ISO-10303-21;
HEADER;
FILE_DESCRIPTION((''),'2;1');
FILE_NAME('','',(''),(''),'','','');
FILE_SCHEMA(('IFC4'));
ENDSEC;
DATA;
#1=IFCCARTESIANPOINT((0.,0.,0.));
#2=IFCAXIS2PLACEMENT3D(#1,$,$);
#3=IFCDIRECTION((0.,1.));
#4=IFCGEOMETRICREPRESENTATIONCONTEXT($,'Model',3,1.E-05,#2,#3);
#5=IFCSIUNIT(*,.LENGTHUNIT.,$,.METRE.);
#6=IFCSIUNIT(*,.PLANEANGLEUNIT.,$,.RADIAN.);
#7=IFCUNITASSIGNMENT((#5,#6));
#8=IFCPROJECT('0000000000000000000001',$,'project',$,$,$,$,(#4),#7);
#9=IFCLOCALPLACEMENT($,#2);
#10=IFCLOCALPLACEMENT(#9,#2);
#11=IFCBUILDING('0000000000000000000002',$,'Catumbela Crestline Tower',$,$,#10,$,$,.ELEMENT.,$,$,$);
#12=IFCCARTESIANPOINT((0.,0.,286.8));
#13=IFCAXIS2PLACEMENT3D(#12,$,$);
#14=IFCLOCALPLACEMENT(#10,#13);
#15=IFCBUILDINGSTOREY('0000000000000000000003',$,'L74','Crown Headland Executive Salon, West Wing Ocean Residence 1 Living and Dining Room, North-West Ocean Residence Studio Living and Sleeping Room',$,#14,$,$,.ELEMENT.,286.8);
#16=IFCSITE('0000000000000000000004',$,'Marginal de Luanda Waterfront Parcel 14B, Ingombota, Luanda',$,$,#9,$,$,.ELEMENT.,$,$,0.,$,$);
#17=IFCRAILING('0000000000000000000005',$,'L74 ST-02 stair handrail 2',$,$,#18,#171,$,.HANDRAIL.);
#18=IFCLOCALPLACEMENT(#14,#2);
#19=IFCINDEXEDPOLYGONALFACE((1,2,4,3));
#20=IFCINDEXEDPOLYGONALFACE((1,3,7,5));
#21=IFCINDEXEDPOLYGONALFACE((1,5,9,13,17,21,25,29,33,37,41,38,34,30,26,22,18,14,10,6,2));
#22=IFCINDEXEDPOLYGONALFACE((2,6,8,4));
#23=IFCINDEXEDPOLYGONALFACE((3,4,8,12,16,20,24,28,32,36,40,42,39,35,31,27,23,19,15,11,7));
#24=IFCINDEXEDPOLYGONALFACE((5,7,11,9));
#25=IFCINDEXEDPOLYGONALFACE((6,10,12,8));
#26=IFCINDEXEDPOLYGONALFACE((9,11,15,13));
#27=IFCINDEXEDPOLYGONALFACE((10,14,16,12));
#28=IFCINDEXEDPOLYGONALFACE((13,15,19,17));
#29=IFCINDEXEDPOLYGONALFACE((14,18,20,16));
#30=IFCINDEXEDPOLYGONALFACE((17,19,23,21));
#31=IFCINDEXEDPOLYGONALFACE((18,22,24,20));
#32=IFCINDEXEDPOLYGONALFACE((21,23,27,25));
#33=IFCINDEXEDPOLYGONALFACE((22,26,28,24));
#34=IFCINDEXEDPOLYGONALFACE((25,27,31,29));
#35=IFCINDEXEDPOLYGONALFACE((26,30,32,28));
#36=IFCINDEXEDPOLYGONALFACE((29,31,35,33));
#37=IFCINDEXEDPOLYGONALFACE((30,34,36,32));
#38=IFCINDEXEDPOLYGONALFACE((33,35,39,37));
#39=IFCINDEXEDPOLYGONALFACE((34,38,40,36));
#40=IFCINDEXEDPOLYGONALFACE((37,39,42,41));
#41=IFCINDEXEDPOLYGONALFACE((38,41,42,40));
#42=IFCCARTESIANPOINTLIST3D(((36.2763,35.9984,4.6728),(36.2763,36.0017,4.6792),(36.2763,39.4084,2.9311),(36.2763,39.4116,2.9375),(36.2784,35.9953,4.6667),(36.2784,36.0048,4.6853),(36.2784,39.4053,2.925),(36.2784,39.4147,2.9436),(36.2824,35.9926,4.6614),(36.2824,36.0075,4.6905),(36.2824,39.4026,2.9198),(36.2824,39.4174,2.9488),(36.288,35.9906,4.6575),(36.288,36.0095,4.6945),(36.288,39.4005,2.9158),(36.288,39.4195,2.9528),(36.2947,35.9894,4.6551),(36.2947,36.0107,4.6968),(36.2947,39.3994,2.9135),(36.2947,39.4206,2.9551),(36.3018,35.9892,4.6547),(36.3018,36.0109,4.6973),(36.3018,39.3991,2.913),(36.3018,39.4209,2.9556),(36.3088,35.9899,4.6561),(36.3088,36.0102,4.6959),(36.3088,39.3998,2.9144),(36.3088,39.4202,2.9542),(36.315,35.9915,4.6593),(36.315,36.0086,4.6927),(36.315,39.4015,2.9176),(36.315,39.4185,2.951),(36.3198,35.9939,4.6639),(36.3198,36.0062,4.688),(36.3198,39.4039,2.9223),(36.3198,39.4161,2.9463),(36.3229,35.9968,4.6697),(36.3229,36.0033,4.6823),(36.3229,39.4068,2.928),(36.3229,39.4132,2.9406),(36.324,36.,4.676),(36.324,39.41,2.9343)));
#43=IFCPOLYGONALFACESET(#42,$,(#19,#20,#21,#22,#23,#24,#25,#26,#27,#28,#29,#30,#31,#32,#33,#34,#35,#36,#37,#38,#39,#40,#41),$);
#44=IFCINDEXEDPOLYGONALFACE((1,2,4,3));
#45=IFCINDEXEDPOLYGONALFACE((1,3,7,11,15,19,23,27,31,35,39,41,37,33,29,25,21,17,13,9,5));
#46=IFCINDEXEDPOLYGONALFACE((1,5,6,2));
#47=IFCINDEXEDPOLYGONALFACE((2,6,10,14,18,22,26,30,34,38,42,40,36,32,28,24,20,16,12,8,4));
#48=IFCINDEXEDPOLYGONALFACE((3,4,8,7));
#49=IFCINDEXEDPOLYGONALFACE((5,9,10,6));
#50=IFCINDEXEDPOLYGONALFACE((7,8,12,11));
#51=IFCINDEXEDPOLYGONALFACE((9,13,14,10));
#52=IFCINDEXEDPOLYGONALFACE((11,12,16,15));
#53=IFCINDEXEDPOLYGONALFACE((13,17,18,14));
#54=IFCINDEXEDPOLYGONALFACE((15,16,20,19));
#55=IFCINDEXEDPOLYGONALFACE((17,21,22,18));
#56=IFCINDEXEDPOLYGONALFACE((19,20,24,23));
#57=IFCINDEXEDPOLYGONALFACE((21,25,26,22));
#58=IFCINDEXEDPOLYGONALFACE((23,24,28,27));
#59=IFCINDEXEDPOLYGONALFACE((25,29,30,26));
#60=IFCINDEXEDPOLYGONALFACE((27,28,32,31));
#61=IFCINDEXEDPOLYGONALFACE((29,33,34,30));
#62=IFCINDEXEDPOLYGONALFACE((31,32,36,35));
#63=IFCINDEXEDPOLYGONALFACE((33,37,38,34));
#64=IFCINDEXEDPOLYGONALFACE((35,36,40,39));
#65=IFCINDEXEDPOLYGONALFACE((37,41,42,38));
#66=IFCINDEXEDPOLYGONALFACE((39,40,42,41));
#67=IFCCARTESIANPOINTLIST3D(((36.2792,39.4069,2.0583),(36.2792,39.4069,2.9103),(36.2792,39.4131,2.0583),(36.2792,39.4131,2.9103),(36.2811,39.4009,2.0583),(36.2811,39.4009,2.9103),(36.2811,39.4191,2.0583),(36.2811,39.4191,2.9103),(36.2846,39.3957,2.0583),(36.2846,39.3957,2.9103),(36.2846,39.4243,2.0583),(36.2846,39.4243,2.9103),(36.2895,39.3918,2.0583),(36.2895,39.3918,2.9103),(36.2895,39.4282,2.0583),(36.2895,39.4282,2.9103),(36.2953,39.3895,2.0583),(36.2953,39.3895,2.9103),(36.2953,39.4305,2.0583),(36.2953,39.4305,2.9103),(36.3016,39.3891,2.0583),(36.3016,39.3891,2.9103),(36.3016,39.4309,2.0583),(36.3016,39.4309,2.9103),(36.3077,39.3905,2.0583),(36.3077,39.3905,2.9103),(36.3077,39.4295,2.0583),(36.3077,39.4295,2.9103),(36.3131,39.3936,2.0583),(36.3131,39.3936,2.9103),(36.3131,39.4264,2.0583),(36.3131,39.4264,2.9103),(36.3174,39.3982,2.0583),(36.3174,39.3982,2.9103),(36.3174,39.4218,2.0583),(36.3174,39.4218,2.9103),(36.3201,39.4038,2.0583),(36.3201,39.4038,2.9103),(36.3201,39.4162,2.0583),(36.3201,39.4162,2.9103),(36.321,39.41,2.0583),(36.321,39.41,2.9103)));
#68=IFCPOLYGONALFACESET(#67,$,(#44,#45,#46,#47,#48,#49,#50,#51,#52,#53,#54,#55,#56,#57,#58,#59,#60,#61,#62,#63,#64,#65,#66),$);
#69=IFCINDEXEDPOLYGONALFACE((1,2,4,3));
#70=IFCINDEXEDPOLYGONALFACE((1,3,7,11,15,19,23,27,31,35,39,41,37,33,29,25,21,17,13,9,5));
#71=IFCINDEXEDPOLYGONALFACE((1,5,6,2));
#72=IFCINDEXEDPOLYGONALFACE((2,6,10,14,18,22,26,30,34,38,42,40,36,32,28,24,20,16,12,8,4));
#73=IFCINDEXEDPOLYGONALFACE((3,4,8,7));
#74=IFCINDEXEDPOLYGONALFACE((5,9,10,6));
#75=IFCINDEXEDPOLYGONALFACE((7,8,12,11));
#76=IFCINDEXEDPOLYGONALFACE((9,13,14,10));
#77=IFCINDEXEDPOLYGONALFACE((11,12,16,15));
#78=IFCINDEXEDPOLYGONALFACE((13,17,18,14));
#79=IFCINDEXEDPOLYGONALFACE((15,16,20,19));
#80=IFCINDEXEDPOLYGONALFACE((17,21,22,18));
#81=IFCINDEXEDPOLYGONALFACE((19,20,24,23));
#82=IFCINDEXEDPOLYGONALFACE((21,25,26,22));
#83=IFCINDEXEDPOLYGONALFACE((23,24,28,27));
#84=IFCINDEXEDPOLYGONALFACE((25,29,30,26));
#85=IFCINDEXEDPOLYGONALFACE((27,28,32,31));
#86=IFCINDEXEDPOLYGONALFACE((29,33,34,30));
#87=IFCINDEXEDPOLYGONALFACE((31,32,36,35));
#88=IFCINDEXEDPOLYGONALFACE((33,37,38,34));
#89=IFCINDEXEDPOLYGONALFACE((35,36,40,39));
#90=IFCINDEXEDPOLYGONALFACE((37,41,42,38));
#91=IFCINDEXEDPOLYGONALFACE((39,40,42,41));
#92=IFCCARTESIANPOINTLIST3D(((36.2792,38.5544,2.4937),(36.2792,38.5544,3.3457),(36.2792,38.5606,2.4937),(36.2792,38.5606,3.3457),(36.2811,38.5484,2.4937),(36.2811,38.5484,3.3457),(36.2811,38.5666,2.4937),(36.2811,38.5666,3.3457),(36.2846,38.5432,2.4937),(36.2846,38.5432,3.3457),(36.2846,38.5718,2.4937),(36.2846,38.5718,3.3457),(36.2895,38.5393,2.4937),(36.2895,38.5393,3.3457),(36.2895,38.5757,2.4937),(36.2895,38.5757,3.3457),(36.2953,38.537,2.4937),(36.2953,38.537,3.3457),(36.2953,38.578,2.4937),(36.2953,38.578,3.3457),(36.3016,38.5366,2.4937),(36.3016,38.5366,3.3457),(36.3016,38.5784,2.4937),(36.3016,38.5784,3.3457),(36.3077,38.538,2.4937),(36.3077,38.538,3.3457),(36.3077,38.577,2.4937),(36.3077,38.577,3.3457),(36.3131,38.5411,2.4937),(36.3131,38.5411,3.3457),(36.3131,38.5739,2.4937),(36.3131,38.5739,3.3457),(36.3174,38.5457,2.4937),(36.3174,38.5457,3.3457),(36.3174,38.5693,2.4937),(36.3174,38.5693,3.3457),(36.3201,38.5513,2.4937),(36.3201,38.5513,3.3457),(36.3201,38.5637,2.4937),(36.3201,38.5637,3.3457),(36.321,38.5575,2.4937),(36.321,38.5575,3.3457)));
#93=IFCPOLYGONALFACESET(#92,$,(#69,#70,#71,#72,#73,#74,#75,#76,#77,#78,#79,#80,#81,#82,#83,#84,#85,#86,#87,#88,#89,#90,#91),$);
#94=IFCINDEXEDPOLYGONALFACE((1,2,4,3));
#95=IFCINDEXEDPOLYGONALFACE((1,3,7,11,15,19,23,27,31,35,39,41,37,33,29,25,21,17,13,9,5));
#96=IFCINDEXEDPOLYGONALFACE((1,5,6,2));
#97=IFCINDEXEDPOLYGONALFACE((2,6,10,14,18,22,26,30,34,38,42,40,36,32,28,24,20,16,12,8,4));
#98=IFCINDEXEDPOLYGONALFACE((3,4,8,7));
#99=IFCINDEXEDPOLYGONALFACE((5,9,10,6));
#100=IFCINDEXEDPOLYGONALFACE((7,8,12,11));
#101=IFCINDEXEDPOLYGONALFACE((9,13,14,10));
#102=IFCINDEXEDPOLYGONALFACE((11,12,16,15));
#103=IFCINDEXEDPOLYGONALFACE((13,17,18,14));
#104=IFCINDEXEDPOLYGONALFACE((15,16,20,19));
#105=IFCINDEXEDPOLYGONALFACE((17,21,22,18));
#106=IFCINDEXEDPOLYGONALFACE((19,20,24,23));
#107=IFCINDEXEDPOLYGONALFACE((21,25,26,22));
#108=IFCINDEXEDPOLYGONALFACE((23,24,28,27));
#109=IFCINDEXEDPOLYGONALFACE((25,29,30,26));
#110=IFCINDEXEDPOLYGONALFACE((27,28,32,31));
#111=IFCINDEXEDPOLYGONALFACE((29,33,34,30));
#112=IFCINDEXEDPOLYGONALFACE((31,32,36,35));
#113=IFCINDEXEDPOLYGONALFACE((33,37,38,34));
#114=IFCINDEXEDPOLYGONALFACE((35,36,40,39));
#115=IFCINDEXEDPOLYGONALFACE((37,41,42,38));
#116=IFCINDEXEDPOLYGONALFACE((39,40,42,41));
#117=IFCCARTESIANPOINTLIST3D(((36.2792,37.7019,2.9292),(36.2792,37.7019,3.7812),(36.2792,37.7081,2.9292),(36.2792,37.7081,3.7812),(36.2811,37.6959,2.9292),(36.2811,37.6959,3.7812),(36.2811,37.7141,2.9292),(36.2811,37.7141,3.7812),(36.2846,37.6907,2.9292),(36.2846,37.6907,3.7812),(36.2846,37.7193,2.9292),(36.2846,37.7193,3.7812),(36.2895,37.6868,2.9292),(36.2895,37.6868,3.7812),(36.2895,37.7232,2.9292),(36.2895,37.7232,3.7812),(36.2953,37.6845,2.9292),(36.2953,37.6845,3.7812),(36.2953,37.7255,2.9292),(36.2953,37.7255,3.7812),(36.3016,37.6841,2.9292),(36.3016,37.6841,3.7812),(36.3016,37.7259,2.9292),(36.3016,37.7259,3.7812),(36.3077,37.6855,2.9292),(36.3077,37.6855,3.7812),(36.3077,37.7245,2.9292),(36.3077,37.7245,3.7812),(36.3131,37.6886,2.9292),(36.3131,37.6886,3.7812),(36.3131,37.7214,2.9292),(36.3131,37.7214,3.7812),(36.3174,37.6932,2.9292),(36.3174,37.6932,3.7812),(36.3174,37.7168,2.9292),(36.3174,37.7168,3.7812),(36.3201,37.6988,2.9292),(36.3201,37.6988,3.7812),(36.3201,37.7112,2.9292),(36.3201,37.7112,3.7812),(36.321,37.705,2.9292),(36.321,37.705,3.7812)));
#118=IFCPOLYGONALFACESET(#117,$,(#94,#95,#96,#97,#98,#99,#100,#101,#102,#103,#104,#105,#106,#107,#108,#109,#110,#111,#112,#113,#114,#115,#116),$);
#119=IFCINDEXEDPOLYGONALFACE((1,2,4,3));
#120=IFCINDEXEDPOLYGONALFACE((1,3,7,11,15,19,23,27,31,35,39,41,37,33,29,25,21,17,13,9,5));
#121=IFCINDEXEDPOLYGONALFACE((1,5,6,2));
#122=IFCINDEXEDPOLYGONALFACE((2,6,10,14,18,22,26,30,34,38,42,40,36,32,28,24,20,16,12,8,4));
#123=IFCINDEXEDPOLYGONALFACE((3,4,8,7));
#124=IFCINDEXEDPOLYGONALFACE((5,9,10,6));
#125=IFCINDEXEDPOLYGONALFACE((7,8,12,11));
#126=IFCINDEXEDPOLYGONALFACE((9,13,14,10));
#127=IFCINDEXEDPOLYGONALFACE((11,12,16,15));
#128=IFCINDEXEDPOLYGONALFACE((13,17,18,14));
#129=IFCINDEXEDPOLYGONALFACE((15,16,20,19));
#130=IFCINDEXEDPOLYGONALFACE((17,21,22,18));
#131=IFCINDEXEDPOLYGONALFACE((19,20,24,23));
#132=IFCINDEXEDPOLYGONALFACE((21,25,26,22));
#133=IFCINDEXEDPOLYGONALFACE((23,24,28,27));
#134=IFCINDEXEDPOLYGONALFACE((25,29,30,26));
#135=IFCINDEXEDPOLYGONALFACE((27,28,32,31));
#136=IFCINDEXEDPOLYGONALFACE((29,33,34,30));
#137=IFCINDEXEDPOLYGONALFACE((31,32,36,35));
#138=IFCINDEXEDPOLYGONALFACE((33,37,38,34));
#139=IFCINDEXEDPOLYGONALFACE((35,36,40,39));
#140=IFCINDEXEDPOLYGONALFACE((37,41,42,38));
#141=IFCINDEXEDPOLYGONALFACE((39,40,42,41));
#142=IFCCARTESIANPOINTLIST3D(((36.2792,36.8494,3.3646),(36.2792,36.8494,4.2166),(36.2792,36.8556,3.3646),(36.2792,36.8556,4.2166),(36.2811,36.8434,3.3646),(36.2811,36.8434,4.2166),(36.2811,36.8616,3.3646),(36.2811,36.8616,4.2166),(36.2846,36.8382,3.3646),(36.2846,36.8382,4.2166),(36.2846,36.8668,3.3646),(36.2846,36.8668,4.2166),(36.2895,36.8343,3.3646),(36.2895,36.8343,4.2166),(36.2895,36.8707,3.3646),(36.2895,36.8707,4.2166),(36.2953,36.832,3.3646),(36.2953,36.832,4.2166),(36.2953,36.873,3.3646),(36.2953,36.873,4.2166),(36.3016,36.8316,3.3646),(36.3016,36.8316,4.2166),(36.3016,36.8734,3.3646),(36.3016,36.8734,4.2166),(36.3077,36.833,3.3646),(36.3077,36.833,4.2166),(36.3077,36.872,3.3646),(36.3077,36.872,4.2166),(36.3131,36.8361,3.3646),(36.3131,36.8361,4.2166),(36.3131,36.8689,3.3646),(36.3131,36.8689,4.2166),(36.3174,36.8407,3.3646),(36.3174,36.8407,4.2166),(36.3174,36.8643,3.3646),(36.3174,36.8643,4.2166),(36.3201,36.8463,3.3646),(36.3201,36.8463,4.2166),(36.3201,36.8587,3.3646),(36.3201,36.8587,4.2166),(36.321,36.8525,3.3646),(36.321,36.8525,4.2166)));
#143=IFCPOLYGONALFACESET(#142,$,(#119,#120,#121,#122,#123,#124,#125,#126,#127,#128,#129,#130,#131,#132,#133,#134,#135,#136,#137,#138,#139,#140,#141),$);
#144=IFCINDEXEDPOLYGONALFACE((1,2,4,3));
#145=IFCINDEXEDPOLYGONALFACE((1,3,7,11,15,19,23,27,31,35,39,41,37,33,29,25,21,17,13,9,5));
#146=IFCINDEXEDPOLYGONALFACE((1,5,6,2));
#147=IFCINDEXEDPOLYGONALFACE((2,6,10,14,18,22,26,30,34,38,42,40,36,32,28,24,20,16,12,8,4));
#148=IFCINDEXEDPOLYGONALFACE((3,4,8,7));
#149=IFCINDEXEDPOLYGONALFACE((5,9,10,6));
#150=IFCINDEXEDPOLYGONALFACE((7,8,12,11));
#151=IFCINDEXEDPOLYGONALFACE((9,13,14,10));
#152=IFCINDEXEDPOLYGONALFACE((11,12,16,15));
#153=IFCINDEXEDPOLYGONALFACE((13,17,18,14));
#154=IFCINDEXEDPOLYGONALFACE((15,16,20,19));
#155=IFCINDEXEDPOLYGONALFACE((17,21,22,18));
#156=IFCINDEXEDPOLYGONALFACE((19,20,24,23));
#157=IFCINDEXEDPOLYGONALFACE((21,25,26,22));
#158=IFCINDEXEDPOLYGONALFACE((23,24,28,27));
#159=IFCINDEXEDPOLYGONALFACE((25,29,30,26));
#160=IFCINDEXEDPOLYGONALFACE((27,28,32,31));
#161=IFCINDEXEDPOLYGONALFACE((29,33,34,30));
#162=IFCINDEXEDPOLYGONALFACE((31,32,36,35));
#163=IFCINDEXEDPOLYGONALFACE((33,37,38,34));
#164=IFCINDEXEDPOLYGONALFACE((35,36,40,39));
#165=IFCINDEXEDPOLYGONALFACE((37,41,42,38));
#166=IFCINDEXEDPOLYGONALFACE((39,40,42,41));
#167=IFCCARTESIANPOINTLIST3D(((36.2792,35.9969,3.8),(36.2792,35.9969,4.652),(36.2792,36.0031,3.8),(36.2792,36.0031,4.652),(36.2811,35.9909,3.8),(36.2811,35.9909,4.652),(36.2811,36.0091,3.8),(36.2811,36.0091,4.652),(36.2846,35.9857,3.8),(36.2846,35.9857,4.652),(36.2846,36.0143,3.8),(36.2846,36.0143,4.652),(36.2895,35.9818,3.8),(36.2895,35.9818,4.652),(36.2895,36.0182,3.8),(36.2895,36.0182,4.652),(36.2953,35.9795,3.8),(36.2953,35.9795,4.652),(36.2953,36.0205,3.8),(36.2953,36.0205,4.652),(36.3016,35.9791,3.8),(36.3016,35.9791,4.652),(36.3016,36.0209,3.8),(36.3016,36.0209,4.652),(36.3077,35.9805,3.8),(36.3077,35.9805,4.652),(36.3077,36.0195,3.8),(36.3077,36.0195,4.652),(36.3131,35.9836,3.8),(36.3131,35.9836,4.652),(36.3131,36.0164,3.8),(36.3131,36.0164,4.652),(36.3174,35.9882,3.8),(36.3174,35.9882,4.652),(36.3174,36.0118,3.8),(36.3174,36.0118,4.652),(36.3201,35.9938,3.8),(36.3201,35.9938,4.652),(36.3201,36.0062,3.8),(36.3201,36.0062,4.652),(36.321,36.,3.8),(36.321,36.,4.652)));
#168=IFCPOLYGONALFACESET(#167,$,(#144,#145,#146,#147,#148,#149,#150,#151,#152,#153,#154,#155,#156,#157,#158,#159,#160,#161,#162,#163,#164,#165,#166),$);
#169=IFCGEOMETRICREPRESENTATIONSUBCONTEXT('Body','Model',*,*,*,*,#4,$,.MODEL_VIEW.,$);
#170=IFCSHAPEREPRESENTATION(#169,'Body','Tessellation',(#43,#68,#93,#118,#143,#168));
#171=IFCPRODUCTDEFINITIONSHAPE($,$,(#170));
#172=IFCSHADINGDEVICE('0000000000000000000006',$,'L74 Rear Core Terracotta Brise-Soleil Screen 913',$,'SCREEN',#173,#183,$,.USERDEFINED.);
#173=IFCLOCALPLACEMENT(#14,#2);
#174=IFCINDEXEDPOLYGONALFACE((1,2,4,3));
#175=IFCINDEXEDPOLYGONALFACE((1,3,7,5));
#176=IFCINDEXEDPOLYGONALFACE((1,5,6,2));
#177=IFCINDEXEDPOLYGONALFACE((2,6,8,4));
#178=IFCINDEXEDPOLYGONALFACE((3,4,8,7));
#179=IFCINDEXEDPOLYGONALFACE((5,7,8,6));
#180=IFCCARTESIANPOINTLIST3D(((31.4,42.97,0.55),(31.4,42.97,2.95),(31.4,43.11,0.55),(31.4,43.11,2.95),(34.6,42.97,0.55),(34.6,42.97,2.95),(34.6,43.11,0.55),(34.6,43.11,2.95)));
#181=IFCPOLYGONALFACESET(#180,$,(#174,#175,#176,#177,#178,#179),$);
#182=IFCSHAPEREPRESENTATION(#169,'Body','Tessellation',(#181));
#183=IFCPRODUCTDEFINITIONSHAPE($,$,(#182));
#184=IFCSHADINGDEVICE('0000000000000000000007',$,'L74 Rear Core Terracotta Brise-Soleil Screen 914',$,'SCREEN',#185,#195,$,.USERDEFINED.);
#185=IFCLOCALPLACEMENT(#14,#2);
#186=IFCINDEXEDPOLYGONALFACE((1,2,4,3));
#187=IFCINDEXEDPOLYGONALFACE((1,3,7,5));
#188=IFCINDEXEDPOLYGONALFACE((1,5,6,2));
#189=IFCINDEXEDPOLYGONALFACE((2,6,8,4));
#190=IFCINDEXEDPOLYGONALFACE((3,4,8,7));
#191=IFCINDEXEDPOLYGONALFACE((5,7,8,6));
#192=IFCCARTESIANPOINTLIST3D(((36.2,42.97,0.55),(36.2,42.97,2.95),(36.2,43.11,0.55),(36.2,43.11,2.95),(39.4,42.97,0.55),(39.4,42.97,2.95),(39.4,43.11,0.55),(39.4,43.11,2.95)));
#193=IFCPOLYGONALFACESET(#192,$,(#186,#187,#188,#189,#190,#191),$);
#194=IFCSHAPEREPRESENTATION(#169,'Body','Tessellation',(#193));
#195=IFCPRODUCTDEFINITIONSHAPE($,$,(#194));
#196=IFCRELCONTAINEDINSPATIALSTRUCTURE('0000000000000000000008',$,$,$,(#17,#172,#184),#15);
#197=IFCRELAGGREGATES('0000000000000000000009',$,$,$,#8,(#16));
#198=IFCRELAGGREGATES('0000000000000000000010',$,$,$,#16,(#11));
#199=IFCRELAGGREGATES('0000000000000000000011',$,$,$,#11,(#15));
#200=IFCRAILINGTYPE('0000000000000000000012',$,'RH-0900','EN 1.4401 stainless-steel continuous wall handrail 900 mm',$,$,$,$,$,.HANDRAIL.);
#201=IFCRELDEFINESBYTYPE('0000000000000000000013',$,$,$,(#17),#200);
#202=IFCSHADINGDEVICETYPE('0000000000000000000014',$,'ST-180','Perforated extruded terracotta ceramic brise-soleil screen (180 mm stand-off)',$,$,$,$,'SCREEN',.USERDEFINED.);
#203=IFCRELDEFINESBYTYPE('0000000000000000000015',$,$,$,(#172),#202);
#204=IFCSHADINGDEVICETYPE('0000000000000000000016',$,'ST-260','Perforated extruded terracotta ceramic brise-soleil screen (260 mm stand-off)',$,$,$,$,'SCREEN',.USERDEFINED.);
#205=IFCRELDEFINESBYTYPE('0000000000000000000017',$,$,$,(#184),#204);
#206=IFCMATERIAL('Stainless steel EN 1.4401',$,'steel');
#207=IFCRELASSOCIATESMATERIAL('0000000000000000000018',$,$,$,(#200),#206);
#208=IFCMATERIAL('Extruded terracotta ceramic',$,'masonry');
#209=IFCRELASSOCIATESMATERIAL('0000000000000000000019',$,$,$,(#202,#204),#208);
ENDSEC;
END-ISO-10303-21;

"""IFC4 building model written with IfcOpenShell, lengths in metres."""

from ifc_helpers import new_model, si_unit, direction, frame, origin, origin_2d, place, context, subcontext, project, spatial, rectangle, circle, extrude, material, type_object, element, save


model = new_model("IFC4")

# Units and contexts
model_context = context("Model", 3, precision=1e-05, world=origin(), true_north=direction((0.0, 1.0)))
body_context = subcontext(model_context, "Body", "Model", "MODEL_VIEW")
ifc_project = project(units=[si_unit("LENGTHUNIT", "METRE"), si_unit("PLANEANGLEUNIT", "RADIAN")], contexts=[model_context])

# Site, building, storey
site_placement = place(None, origin())
site = spatial("IfcSite", under=ifc_project, at=site_placement, Name="Marginal de Luanda Waterfront Parcel 14B, Ingombota, Luanda", CompositionType="ELEMENT", RefElevation=0.0)
building_placement = place(site_placement, origin())
building = spatial("IfcBuilding", under=site, at=building_placement, Name="Catumbela Crestline Tower", CompositionType="ELEMENT")
storey_placement = place(building_placement, frame((0.0, 0.0, 286.8)))
storey = spatial("IfcBuildingStorey", under=building, at=storey_placement, Name="L74", Description="Crown Headland Executive Salon, West Wing Ocean Residence 1 Living and Dining Room, North-West Ocean Residence Studio Living and Sleeping Room", CompositionType="ELEMENT", Elevation=286.8)

# Shared definitions
ifc_material_1 = material(Name="Stainless steel EN 1.4401", Category="steel")

# Railing
railing_type_1 = type_object("IfcRailingType", Name="RH-0900", Description="EN 1.4401 stainless-steel continuous wall handrail 900 mm", PredefinedType="HANDRAIL", material=ifc_material_1)
railing_1_placement = place(storey_placement, frame((36.3, 39.41, 2.0583)))
element("IfcRailing", 1, at=railing_1_placement, inside=storey, type_object=railing_type_1, Name="L74 ST-02 stair handrail 2", PredefinedType="HANDRAIL", context=body_context, shape_type="SweptSolid", body=[
    extrude(circle(Radius=0.024, at=origin_2d()), frame((0.0, 0.0, 0.876), z_axis=(0.0, -0.89056, 0.454865), x_axis=(1.0, 0.0, 0.0)), (0.0, 0.0, 1.0), 3.829),
    extrude(circle(Radius=0.021, at=origin_2d()), origin(), (0.0, 0.0, 1.0), 0.852),
    extrude(circle(Radius=0.021, at=origin_2d()), frame((0.0, -0.8525, 0.4354)), (0.0, 0.0, 1.0), 0.852),
    extrude(circle(Radius=0.021, at=origin_2d()), frame((0.0, -1.705, 0.8709)), (0.0, 0.0, 1.0), 0.852),
    extrude(circle(Radius=0.021, at=origin_2d()), frame((0.0, -2.5575, 1.3063)), (0.0, 0.0, 1.0), 0.852),
    extrude(circle(Radius=0.021, at=origin_2d()), frame((0.0, -3.41, 1.7417)), (0.0, 0.0, 1.0), 0.852),
])

# Shading devices
ifc_material_2 = material(Name="Extruded terracotta ceramic", Category="masonry")
shading_device_type_1 = type_object("IfcShadingDeviceType", Name="ST-180", Description="Perforated extruded terracotta ceramic brise-soleil screen (180 mm stand-off)", ElementType="SCREEN", PredefinedType="USERDEFINED", material=ifc_material_2)
shading_device_1_placement = place(storey_placement, frame((33.0, 43.04, 0.55), z_axis=(0.0, 0.0, 1.0), x_axis=(1.0, 0.0, 0.0)))
element("IfcShadingDevice", 2, at=shading_device_1_placement, inside=storey, type_object=shading_device_type_1, Name="L74 Rear Core Terracotta Brise-Soleil Screen 913", ObjectType="SCREEN", PredefinedType="USERDEFINED", context=body_context, shape_type="SweptSolid", body=[
    extrude(rectangle(XDim=3.2, YDim=0.14, at=origin_2d()), origin(), (0.0, 0.0, 1.0), 2.4),
])
shading_device_type_2 = type_object("IfcShadingDeviceType", Name="ST-260", Description="Perforated extruded terracotta ceramic brise-soleil screen (260 mm stand-off)", ElementType="SCREEN", PredefinedType="USERDEFINED", material=ifc_material_2)
shading_device_2_placement = place(storey_placement, frame((37.8, 43.04, 0.55), z_axis=(0.0, 0.0, 1.0), x_axis=(1.0, 0.0, 0.0)))
element("IfcShadingDevice", 3, at=shading_device_2_placement, inside=storey, type_object=shading_device_type_2, Name="L74 Rear Core Terracotta Brise-Soleil Screen 914", ObjectType="SCREEN", PredefinedType="USERDEFINED", context=body_context, shape_type="SweptSolid", body=[
    extrude(rectangle(XDim=3.2, YDim=0.14, at=origin_2d()), origin(), (0.0, 0.0, 1.0), 2.4),
])

save(model, "model.ifc")
